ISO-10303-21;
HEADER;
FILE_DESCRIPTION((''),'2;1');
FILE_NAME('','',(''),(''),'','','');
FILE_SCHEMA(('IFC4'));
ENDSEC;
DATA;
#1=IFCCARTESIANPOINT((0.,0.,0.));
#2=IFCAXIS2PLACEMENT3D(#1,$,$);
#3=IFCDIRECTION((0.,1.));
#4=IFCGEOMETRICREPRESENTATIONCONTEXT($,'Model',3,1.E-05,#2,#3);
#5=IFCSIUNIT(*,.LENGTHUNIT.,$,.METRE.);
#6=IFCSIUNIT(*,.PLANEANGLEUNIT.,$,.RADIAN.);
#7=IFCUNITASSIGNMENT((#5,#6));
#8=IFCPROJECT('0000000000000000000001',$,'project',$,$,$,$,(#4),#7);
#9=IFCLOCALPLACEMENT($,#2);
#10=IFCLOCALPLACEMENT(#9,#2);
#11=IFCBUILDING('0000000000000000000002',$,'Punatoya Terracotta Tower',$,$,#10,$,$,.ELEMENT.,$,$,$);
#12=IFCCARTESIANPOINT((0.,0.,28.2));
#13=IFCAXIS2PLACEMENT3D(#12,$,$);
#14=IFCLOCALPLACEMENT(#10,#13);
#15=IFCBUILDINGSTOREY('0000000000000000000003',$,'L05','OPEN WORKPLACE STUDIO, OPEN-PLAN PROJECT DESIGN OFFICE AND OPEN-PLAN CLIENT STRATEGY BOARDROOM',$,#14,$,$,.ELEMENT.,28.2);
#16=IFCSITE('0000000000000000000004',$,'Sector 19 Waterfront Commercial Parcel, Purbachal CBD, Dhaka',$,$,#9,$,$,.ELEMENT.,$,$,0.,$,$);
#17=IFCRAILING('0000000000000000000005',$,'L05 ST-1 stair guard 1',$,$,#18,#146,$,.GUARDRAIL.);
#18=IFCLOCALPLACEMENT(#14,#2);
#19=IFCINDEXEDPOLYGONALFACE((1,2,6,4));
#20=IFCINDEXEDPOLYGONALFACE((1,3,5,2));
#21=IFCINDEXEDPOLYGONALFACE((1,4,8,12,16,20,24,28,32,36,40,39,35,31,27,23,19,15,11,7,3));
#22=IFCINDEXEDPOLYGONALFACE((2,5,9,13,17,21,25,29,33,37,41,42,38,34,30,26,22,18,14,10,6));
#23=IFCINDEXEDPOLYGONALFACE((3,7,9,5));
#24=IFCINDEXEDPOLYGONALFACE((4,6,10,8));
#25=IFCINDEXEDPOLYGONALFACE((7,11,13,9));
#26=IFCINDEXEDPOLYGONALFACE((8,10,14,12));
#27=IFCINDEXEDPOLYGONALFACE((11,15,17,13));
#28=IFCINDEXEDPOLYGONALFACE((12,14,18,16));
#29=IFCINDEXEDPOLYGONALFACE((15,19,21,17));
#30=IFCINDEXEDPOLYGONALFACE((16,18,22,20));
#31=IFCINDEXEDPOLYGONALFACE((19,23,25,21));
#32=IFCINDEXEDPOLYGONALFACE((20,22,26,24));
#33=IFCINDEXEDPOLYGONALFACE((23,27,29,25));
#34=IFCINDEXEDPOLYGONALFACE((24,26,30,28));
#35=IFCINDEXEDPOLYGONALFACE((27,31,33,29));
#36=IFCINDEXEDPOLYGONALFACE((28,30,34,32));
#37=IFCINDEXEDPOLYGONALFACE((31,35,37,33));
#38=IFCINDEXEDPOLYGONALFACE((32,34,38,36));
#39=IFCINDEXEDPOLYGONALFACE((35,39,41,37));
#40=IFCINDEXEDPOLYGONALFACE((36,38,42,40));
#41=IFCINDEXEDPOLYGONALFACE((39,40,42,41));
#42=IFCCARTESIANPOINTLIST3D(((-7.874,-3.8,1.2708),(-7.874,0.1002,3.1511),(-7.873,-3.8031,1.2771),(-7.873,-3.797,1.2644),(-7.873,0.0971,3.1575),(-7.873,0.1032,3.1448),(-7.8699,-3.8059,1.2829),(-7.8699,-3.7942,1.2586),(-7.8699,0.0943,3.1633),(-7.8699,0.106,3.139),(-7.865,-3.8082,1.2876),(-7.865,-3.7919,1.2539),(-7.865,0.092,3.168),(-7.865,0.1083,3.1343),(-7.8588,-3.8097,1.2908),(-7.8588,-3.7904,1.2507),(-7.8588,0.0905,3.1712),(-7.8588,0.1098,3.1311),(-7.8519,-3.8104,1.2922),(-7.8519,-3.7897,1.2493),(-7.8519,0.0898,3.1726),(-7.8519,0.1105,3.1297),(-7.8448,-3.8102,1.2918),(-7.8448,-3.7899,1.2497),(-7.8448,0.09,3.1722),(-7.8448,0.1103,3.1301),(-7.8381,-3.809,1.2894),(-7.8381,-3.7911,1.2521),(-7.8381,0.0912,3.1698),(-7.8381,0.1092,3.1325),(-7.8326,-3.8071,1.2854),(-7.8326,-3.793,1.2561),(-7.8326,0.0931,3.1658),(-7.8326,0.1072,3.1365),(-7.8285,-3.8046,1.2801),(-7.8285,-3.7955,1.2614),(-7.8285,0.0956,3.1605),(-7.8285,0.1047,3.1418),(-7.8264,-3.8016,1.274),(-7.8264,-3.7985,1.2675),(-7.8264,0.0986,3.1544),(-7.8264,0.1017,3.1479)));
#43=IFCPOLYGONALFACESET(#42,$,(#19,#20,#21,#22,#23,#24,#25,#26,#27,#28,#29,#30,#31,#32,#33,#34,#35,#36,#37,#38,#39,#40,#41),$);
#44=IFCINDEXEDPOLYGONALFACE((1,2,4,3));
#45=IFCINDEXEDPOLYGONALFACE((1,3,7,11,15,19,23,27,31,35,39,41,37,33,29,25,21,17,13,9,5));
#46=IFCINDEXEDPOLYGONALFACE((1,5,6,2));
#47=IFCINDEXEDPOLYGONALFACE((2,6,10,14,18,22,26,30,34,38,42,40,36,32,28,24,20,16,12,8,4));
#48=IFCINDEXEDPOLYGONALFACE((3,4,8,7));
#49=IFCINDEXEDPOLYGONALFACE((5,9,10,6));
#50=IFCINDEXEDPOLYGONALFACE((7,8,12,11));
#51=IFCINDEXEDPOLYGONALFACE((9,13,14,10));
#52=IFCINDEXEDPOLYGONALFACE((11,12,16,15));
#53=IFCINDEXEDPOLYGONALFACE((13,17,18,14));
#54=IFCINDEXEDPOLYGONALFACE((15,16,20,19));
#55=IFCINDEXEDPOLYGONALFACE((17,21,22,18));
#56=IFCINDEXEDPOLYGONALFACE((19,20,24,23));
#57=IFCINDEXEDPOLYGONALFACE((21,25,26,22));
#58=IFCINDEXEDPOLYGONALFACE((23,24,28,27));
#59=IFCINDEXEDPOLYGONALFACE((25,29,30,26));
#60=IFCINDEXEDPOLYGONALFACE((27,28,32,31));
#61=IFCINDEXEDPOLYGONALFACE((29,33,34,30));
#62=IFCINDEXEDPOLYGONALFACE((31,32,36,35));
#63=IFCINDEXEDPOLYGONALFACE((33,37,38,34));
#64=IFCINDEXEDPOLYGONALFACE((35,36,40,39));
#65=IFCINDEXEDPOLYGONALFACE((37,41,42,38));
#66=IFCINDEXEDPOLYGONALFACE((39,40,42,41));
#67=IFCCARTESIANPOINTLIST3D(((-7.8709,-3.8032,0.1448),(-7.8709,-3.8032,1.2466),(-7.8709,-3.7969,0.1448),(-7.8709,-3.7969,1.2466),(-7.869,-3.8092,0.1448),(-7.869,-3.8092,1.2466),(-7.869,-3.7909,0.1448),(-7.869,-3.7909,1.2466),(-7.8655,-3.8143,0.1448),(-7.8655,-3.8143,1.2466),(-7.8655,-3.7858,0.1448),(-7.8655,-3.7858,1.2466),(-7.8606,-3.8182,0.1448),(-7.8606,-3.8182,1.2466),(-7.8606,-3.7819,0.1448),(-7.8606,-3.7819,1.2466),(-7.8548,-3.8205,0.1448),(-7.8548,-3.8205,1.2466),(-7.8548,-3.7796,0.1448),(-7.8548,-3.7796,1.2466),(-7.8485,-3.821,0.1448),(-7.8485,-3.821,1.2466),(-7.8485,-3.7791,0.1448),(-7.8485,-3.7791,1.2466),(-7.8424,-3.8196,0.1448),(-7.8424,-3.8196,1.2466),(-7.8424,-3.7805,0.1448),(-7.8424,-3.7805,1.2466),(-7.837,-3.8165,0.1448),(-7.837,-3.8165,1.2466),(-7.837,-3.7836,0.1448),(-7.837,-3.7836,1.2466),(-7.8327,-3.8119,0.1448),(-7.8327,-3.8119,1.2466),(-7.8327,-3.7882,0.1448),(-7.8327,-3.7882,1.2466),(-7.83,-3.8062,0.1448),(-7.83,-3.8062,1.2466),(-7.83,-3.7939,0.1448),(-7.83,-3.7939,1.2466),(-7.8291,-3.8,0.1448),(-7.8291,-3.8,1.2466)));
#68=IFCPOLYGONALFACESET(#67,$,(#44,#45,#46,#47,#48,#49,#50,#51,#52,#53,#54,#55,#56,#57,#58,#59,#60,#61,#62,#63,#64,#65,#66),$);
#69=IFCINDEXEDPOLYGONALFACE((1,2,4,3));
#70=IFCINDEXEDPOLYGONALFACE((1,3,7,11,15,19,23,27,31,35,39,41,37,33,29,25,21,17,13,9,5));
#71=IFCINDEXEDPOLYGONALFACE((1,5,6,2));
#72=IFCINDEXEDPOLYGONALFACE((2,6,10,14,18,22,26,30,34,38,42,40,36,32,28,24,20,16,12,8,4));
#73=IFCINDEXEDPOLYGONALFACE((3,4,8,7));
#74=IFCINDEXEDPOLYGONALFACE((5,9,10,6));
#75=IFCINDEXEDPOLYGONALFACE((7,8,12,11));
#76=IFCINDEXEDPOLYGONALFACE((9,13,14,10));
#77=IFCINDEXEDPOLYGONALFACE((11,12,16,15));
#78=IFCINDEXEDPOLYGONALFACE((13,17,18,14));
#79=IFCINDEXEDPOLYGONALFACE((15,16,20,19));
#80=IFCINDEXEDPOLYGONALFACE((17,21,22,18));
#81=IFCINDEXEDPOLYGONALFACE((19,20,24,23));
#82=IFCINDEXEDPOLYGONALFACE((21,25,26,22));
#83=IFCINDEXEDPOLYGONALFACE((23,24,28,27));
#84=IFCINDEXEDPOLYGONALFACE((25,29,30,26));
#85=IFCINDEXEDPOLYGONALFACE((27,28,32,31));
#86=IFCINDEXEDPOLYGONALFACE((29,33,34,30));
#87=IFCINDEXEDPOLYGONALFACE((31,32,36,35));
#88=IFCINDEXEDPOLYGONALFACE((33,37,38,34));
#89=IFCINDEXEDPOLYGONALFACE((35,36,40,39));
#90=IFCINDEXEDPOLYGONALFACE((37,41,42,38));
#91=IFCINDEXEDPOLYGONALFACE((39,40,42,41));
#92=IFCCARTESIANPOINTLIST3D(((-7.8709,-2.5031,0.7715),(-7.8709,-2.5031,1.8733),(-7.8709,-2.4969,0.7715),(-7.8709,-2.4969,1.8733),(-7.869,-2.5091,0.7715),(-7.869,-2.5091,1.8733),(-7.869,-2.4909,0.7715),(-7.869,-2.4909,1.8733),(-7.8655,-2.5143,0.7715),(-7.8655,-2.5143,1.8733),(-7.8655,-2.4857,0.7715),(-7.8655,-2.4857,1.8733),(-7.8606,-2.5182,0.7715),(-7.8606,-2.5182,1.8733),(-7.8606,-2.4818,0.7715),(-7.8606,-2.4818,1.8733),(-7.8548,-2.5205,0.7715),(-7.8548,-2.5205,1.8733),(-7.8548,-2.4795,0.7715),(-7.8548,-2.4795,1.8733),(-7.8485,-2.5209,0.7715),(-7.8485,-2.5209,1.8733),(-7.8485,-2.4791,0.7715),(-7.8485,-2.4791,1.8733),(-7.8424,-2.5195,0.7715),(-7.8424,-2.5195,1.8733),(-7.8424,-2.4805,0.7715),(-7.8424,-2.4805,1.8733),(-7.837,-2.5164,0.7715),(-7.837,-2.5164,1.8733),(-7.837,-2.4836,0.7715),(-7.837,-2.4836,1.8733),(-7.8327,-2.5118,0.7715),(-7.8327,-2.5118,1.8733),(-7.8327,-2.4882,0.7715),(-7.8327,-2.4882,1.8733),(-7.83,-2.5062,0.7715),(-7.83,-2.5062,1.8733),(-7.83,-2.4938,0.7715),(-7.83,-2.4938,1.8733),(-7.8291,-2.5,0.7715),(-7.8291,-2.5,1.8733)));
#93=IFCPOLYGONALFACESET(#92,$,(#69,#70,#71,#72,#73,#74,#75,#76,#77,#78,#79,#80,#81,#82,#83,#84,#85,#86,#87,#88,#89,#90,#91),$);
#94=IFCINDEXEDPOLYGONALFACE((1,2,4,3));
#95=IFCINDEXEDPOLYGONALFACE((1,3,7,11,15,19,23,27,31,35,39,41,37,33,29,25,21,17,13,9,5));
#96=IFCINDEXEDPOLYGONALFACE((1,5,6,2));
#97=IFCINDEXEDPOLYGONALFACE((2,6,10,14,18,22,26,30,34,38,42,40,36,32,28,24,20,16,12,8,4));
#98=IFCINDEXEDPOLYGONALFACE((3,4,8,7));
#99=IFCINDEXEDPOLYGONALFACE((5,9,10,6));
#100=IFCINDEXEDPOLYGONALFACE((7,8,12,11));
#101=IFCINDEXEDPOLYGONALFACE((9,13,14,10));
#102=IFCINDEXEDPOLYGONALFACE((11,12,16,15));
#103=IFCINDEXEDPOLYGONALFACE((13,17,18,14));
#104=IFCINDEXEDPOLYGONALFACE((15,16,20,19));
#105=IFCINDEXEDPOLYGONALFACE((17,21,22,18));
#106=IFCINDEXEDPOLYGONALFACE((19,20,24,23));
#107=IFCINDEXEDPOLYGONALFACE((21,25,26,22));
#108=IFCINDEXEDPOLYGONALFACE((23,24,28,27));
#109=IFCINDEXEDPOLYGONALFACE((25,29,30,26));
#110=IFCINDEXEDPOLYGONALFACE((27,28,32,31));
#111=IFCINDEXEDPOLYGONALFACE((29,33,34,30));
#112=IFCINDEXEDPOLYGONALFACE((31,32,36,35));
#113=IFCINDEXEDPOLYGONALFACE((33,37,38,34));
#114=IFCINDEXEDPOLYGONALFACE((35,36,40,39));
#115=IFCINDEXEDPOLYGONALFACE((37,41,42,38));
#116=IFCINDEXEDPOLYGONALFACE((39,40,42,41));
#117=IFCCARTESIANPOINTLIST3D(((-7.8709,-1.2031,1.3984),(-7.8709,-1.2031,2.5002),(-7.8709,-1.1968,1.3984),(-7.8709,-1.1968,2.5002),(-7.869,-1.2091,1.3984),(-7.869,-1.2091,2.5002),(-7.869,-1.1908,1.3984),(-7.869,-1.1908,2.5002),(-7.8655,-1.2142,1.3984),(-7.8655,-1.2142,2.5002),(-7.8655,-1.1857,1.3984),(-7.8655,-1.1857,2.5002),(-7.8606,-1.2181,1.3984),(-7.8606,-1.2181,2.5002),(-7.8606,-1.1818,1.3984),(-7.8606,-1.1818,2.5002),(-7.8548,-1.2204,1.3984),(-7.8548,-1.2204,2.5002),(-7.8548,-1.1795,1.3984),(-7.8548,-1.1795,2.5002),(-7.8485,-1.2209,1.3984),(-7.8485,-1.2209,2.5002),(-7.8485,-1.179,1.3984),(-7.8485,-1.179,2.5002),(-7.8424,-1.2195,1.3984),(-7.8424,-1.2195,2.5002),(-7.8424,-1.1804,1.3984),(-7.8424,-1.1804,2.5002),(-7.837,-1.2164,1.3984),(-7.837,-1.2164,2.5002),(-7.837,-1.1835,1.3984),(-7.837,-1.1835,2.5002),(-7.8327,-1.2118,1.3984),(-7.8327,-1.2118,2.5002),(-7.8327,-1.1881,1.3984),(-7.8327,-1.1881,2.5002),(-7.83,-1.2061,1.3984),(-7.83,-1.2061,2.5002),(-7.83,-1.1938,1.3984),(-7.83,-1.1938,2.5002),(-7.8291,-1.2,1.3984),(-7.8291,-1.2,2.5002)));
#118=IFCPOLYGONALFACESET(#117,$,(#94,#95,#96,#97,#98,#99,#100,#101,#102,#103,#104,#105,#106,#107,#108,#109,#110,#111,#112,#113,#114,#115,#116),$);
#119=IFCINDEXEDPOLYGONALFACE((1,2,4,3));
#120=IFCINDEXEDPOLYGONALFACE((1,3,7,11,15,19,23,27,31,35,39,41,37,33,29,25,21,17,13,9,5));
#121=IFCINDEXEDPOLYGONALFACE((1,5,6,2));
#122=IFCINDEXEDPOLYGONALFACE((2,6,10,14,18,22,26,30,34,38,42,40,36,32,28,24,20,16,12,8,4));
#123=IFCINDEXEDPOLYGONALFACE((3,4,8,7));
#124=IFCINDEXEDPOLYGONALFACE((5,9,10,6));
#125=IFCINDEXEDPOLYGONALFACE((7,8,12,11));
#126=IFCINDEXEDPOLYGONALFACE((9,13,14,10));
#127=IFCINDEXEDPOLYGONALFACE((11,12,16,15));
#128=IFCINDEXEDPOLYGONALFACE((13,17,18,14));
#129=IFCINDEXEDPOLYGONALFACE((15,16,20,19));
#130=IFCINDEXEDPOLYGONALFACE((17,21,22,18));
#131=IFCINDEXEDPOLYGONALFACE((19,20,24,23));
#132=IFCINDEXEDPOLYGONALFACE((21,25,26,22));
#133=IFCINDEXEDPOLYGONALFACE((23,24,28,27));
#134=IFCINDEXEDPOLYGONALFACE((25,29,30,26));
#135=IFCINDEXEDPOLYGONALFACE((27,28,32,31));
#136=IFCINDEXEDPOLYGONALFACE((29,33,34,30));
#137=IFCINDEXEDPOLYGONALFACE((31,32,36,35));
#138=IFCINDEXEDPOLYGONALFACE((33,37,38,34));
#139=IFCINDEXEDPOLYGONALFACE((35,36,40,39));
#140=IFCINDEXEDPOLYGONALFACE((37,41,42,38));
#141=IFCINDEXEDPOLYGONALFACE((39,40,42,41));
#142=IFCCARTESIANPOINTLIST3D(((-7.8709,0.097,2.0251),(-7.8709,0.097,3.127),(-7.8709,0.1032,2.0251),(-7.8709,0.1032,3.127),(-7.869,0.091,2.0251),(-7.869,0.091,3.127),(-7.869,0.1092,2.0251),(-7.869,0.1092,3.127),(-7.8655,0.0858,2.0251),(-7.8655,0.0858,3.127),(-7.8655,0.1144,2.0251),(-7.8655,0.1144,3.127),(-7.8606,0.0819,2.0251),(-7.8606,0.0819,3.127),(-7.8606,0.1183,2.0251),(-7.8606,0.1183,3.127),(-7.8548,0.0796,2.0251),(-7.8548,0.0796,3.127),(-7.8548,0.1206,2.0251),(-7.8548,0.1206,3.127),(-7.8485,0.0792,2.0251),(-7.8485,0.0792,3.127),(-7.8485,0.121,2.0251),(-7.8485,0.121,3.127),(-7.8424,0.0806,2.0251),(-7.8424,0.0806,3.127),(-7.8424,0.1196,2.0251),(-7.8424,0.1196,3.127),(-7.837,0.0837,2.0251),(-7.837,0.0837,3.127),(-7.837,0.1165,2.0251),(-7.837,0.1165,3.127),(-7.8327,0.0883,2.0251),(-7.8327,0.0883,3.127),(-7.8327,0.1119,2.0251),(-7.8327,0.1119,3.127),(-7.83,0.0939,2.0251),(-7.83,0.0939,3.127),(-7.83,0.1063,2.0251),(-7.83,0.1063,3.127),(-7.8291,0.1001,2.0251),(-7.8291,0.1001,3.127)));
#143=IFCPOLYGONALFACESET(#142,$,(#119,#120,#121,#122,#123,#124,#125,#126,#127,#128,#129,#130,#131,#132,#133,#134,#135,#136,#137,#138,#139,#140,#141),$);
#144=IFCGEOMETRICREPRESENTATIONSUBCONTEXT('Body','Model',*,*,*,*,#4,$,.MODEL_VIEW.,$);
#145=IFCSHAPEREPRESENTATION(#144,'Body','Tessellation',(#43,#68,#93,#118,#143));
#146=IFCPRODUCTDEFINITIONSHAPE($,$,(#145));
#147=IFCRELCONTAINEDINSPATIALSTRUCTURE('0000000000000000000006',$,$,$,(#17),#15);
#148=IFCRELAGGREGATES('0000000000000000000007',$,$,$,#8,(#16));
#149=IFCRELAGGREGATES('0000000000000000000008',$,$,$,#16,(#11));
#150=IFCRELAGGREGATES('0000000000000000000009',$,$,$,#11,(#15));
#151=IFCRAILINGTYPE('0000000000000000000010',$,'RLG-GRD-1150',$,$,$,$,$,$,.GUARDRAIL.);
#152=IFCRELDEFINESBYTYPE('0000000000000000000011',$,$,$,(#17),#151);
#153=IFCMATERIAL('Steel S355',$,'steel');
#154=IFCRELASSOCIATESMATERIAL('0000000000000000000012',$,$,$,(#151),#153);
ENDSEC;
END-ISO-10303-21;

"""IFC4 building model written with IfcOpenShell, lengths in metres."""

from ifc_helpers import new_model, si_unit, direction, frame, origin, origin_2d, place, context, subcontext, project, spatial, circle, extrude, material, type_object, element, save


model = new_model("IFC4")

# Units and contexts
model_context = context("Model", 3, precision=1e-05, world=origin(), true_north=direction((0.0, 1.0)))
body_context = subcontext(model_context, "Body", "Model", "MODEL_VIEW")
ifc_project = project(units=[si_unit("LENGTHUNIT", "METRE"), si_unit("PLANEANGLEUNIT", "RADIAN")], contexts=[model_context])

# Site, building, storey
site_placement = place(None, origin())
site = spatial("IfcSite", under=ifc_project, at=site_placement, Name="Sector 19 Waterfront Commercial Parcel, Purbachal CBD, Dhaka", CompositionType="ELEMENT", RefElevation=0.0)
building_placement = place(site_placement, origin())
building = spatial("IfcBuilding", under=site, at=building_placement, Name="Punatoya Terracotta Tower", CompositionType="ELEMENT")
storey_placement = place(building_placement, frame((0.0, 0.0, 28.2)))
storey = spatial("IfcBuildingStorey", under=building, at=storey_placement, Name="L05", Description="OPEN WORKPLACE STUDIO, OPEN-PLAN PROJECT DESIGN OFFICE AND OPEN-PLAN CLIENT STRATEGY BOARDROOM", CompositionType="ELEMENT", Elevation=28.2)

# Shared definitions
ifc_material_1 = material(Name="Steel S355", Category="steel")

# Railing
railing_type_1 = type_object("IfcRailingType", Name="RLG-GRD-1150", PredefinedType="GUARDRAIL", material=ifc_material_1)
railing_1_placement = place(storey_placement, frame((-7.8501, -3.8, 0.1448)))
element("IfcRailing", 1, at=railing_1_placement, inside=storey, type_object=railing_type_1, Name="L05 ST-1 stair guard 1", PredefinedType="GUARDRAIL", context=body_context, shape_type="SweptSolid", body=[
    extrude(circle(Radius=0.0239, at=origin_2d()), frame((0.0, 0.0, 1.126), z_axis=(0.0, 0.900774, 0.434289), x_axis=(-1.0, 0.0, 0.0)), (0.0, 0.0, 1.0), 4.3298),
    extrude(circle(Radius=0.021, at=origin_2d()), origin(), (0.0, 0.0, 1.0), 1.1018),
    extrude(circle(Radius=0.021, at=origin_2d()), frame((0.0, 1.3, 0.6267)), (0.0, 0.0, 1.0), 1.1018),
    extrude(circle(Radius=0.021, at=origin_2d()), frame((0.0, 2.6001, 1.2537)), (0.0, 0.0, 1.0), 1.1018),
    extrude(circle(Radius=0.021, at=origin_2d()), frame((0.0, 3.9001, 1.8804)), (0.0, 0.0, 1.0), 1.1018),
])

save(model, "model.ifc")
